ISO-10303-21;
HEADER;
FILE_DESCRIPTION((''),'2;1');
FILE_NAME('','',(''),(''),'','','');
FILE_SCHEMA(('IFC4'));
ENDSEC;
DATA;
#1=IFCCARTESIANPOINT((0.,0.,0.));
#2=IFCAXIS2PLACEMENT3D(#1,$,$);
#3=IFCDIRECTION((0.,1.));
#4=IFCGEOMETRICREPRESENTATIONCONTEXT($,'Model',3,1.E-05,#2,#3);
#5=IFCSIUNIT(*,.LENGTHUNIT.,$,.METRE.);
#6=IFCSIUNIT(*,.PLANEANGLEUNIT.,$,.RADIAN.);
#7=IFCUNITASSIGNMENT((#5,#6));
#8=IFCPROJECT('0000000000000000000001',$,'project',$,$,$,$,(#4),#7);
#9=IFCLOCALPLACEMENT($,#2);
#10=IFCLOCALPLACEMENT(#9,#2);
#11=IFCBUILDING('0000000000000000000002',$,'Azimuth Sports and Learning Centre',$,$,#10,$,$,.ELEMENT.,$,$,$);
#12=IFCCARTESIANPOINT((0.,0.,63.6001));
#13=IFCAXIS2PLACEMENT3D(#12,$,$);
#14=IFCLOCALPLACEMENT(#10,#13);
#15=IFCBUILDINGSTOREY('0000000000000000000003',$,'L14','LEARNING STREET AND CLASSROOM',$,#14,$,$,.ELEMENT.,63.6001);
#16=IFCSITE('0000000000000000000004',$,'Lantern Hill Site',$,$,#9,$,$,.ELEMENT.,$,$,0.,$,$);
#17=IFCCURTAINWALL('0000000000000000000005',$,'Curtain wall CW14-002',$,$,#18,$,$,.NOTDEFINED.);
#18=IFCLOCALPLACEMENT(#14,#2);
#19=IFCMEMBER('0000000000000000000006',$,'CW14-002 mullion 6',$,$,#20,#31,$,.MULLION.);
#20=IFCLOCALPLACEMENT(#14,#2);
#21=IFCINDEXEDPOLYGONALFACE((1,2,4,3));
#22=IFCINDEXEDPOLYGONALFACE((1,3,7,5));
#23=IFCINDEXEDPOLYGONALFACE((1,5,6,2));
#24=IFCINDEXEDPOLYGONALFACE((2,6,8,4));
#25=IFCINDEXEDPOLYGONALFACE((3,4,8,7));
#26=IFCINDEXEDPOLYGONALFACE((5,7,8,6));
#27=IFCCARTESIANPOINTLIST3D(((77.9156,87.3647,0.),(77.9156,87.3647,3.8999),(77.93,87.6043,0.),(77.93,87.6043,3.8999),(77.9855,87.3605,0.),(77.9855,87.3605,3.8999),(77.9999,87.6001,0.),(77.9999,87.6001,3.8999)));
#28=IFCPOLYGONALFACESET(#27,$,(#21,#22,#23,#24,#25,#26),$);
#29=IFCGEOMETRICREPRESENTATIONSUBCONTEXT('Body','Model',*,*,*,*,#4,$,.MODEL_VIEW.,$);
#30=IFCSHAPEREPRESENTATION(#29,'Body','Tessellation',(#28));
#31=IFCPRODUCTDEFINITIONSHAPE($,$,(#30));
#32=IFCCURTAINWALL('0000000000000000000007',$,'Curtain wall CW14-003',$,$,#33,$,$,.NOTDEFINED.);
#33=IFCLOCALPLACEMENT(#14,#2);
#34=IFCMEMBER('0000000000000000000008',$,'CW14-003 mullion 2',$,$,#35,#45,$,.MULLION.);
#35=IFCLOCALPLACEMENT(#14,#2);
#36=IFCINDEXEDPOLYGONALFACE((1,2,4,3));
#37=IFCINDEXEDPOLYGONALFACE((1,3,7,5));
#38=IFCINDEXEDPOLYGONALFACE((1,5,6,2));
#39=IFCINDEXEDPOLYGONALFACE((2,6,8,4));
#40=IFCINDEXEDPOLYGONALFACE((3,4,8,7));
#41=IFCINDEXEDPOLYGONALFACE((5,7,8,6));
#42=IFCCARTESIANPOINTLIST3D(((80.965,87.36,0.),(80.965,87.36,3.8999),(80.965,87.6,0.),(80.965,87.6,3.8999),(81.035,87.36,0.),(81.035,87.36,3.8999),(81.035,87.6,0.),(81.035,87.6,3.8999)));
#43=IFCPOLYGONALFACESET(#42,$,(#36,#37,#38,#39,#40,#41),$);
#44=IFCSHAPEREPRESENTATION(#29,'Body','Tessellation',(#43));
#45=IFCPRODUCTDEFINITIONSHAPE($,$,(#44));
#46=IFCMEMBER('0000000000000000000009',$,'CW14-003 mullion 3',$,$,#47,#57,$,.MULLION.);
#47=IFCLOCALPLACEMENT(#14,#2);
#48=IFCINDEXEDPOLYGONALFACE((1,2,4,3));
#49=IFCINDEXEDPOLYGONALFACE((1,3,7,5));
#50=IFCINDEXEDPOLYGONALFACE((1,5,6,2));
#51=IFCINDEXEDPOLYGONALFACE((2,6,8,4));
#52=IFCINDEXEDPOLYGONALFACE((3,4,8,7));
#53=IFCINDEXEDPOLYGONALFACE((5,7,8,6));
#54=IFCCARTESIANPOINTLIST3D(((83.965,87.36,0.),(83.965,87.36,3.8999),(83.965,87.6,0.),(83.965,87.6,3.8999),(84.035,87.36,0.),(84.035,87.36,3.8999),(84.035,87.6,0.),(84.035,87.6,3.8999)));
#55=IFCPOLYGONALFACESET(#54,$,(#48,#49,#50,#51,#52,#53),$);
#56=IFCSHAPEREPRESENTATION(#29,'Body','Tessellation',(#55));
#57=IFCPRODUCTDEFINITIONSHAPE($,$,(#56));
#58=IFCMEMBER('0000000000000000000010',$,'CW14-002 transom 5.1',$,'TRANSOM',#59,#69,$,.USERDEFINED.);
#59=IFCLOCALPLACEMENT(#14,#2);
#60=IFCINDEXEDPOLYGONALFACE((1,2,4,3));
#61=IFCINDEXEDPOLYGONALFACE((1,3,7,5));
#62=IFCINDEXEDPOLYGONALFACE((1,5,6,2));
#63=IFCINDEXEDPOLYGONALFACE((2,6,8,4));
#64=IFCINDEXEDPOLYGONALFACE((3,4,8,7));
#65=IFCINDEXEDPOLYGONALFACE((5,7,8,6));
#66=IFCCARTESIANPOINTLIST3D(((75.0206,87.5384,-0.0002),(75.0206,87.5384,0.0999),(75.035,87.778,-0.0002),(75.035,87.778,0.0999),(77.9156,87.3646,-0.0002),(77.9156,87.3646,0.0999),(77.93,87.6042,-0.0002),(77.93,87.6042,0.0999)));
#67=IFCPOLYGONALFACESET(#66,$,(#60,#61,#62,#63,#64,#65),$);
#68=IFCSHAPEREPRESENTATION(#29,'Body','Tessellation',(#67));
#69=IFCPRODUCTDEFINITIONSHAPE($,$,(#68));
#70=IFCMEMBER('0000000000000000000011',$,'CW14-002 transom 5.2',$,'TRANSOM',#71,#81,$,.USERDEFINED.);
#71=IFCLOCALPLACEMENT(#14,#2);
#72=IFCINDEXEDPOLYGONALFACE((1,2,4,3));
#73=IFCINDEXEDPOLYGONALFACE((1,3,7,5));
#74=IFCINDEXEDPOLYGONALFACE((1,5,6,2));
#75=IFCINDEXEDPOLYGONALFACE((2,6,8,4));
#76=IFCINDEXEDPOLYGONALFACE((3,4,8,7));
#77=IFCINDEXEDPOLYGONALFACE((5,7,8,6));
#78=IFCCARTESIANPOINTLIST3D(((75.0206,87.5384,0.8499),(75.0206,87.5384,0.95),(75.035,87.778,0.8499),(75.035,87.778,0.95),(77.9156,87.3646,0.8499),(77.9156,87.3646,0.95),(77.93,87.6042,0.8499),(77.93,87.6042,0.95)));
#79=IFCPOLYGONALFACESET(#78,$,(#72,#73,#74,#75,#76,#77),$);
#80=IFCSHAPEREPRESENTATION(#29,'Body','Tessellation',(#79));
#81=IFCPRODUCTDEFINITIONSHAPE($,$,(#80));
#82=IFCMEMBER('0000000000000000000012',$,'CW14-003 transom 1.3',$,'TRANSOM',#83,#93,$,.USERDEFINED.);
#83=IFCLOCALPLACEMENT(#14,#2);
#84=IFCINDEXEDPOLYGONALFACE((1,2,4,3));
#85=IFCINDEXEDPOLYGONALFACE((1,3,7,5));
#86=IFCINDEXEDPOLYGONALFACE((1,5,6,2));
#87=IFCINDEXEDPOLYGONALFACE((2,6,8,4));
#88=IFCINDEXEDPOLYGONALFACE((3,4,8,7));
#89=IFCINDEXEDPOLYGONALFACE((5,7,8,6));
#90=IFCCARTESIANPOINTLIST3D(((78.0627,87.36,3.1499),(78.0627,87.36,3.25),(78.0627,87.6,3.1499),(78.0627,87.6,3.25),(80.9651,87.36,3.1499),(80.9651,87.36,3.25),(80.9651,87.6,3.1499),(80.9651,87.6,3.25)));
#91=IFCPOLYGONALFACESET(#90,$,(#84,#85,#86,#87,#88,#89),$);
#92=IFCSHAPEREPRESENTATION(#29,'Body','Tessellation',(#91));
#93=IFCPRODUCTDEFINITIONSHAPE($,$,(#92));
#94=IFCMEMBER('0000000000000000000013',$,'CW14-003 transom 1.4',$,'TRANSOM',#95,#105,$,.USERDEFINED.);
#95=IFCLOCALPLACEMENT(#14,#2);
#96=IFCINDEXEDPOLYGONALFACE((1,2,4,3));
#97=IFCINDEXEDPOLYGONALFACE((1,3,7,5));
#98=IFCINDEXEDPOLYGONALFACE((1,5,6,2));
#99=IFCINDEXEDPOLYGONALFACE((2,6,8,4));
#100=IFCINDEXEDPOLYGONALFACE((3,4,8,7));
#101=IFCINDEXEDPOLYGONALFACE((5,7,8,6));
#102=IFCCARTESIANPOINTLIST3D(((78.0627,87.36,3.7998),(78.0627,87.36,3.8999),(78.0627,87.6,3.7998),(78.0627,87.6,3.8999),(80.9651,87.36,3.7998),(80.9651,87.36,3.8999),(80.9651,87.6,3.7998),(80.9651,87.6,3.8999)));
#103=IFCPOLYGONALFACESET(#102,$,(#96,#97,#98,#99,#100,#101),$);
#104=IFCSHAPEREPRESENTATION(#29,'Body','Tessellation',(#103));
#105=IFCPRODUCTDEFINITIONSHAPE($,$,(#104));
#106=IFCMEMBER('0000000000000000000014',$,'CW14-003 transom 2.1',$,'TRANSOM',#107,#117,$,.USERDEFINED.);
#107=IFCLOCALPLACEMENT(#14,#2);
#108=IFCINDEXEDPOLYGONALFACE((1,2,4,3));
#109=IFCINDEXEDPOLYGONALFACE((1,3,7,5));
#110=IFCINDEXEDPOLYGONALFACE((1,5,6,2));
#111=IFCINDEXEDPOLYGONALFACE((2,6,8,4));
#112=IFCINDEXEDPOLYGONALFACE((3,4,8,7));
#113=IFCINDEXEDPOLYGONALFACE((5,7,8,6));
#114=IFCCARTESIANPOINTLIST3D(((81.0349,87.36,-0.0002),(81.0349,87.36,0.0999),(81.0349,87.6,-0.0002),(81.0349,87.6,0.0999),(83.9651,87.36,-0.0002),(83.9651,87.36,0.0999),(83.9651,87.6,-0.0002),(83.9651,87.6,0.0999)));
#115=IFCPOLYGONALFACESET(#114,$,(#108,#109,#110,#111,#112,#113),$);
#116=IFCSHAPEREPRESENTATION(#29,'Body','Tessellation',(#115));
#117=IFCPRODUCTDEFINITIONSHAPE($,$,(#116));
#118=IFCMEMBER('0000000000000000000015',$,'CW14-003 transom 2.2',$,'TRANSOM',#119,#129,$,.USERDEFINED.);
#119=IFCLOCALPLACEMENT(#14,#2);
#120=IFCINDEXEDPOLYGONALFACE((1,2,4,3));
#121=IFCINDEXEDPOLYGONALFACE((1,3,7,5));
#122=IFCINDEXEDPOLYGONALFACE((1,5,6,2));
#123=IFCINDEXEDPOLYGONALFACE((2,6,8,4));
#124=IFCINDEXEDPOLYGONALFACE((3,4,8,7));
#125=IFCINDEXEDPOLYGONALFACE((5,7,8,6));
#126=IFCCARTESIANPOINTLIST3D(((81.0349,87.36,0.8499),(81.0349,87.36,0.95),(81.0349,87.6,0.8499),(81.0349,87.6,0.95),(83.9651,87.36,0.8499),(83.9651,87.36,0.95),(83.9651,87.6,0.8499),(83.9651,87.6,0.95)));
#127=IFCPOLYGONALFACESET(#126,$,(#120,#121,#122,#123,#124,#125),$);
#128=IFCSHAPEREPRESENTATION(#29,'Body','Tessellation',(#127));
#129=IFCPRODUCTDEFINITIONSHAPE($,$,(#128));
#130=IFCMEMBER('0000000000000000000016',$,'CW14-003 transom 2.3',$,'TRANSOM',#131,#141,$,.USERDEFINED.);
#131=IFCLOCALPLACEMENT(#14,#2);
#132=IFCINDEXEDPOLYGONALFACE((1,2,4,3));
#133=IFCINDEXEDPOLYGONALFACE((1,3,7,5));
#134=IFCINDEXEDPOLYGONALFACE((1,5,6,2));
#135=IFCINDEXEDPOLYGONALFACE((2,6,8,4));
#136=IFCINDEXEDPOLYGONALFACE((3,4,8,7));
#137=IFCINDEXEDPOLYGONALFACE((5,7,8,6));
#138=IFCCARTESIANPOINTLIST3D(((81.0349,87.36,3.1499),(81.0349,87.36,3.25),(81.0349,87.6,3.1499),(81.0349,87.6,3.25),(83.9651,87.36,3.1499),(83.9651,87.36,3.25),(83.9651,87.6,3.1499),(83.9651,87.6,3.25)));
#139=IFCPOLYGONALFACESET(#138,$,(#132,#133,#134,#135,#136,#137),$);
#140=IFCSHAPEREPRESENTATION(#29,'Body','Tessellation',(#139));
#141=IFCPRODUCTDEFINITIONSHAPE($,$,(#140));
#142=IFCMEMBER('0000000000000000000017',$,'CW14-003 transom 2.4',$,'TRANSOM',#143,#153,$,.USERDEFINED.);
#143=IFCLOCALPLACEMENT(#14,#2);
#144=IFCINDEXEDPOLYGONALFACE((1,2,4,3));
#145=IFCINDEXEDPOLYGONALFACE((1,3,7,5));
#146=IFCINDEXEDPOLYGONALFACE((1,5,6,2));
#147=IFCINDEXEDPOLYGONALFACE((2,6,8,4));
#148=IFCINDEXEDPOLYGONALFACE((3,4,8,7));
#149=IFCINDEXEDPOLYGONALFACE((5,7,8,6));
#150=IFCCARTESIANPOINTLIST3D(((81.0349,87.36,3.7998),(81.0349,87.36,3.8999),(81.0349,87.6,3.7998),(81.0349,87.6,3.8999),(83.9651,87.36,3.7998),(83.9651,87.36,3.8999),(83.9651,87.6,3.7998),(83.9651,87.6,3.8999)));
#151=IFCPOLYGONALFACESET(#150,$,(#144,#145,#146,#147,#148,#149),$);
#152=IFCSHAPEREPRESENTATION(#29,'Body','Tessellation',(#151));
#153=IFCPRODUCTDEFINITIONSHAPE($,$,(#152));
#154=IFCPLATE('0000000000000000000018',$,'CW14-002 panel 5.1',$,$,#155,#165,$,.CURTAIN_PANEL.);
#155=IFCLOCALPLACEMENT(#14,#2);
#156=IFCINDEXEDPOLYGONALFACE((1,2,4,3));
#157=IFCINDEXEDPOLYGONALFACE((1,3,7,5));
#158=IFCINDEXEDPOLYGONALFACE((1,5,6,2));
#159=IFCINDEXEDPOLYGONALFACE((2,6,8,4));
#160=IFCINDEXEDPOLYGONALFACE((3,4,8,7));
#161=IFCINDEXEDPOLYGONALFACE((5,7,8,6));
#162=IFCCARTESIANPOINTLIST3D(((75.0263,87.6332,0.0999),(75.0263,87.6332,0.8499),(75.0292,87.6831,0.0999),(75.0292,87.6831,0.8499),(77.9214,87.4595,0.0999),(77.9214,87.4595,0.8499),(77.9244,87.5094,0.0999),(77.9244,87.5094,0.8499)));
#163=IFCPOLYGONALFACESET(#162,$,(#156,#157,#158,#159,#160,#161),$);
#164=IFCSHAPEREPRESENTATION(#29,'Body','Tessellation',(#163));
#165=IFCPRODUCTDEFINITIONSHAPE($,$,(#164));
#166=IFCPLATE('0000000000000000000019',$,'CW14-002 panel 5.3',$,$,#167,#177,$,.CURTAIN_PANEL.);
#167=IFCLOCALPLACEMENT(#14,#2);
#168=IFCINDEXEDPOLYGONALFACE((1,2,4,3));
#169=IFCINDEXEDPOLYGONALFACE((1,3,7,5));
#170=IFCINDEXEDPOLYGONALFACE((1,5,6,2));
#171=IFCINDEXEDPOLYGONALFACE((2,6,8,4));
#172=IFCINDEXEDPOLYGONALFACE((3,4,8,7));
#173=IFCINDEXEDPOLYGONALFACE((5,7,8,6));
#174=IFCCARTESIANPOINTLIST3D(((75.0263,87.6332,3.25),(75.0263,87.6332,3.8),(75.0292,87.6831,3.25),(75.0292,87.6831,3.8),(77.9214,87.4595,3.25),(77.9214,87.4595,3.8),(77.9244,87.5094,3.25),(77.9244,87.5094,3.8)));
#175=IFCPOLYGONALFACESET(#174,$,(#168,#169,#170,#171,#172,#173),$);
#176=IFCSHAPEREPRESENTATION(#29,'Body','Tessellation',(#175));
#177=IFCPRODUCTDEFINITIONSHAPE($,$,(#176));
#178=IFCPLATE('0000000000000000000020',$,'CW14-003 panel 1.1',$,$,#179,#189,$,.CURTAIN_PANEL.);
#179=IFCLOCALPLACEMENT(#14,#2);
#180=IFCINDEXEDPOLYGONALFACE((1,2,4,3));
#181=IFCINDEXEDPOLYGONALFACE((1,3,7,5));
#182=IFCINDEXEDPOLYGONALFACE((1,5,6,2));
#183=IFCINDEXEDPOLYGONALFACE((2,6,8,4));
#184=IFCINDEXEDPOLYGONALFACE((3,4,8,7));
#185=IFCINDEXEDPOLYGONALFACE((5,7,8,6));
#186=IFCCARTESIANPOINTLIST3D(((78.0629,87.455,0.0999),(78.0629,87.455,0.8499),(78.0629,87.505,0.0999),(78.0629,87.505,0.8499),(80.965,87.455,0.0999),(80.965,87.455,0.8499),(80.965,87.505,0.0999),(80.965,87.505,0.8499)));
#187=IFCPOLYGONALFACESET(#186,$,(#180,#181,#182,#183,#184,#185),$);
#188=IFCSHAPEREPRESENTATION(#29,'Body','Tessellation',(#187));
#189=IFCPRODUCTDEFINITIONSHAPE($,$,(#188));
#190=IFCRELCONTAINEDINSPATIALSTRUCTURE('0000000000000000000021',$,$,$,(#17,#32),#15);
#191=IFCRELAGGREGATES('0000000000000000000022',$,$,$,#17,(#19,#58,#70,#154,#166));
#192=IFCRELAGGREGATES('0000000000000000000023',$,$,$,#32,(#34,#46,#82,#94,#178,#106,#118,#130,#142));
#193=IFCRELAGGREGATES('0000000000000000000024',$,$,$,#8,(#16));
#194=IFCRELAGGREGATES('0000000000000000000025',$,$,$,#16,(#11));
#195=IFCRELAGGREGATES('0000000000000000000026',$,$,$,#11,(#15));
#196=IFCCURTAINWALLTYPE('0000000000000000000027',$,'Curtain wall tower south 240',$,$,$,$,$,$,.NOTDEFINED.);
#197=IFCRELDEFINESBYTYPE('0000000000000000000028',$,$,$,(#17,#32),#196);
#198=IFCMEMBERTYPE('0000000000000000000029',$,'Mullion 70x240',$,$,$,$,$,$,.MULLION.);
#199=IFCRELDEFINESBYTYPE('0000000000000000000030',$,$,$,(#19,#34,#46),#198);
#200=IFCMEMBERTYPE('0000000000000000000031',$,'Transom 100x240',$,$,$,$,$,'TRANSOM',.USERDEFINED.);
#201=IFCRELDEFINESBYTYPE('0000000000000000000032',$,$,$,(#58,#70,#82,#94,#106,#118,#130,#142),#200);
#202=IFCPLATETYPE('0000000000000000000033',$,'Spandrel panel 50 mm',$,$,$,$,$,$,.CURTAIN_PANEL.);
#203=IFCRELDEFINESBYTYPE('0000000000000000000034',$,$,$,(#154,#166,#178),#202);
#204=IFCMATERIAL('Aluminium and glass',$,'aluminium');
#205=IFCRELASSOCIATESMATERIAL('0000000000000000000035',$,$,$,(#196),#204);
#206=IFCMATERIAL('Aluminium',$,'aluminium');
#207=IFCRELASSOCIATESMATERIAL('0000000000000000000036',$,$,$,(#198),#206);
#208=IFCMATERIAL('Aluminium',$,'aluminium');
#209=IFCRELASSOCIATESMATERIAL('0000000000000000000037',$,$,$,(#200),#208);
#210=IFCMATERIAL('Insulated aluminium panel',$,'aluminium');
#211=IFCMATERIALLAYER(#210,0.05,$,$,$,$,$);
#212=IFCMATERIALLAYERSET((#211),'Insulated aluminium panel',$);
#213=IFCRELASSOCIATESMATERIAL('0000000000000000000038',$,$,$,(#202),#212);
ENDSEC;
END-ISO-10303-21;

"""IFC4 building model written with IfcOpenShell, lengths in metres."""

from ifc_helpers import new_model, si_unit, direction, frame, origin, origin_2d, place, context, subcontext, project, spatial, rectangle, extrude, material, layer, layer_set, material_profile, profile_set, type_object, element, aggregate, save


model = new_model("IFC4")

# Units and contexts
model_context = context("Model", 3, precision=1e-05, world=origin(), true_north=direction((0.0, 1.0)))
body_context = subcontext(model_context, "Body", "Model", "MODEL_VIEW")
ifc_project = project(units=[si_unit("LENGTHUNIT", "METRE"), si_unit("PLANEANGLEUNIT", "RADIAN")], contexts=[model_context])

# Site, building, storey
site_placement = place(None, origin())
site = spatial("IfcSite", under=ifc_project, at=site_placement, Name="Lantern Hill Site", CompositionType="ELEMENT", RefElevation=0.0)
building_placement = place(site_placement, origin())
building = spatial("IfcBuilding", under=site, at=building_placement, Name="Azimuth Sports and Learning Centre", CompositionType="ELEMENT")
storey_placement = place(building_placement, frame((0.0, 0.0, 63.6001)))
storey = spatial("IfcBuildingStorey", under=building, at=storey_placement, Name="L14", Description="LEARNING STREET AND CLASSROOM", CompositionType="ELEMENT", Elevation=63.6001)

# Curtain wall, member
ifc_material_1 = material(Name="Aluminium and glass", Category="aluminium")
curtain_wall_type = type_object("IfcCurtainWallType", Name="Curtain wall tower south 240", PredefinedType="NOTDEFINED", material=ifc_material_1)
curtain_wall_1_placement = place(storey_placement, origin())
curtain_wall_1 = element("IfcCurtainWall", 1, at=curtain_wall_1_placement, inside=storey, type_object=curtain_wall_type, Name="Curtain wall CW14-002", PredefinedType="NOTDEFINED")
ifc_material_2 = material(Name="Aluminium", Category="aluminium")
ifc_material_profile_1 = material_profile(ifc_material_2, rectangle(XDim=0.24, YDim=0.0701, at=origin_2d()), Name="Mullion 70x240")
ifc_profile_set_1 = profile_set([ifc_material_profile_1], Name="Aluminium")
member_type_1 = type_object("IfcMemberType", Name="Mullion 70x240", PredefinedType="MULLION", material=ifc_profile_set_1)
member_1_placement = place(storey_placement, frame((77.9578, 87.4824, 0.0), z_axis=(0.0, 0.0, 1.0), x_axis=(0.059892, 0.998205, 0.0)))
member_1 = element("IfcMember", 2, at=member_1_placement, type_object=member_type_1, Name="CW14-002 mullion 6", PredefinedType="MULLION", context=body_context, shape_type="SweptSolid", body=[
    extrude(rectangle(XDim=0.24, YDim=0.0701, at=origin_2d()), origin(), (0.0, 0.0, 1.0), 3.8999),
])

# Curtain wall, members
curtain_wall_2_placement = place(storey_placement, origin())
curtain_wall_2 = element("IfcCurtainWall", 3, at=curtain_wall_2_placement, inside=storey, type_object=curtain_wall_type, Name="Curtain wall CW14-003", PredefinedType="NOTDEFINED")
member_2_placement = place(storey_placement, frame((81.0, 87.48, 0.0), z_axis=(0.0, 0.0, 1.0), x_axis=(0.0, 1.0, 0.0)))
member_2 = element("IfcMember", 4, at=member_2_placement, type_object=member_type_1, Name="CW14-003 mullion 2", PredefinedType="MULLION", context=body_context, shape_type="SweptSolid", body=[
    extrude(rectangle(XDim=0.24, YDim=0.0701, at=origin_2d()), origin(), (0.0, 0.0, 1.0), 3.8999),
])
member_3_placement = place(storey_placement, frame((84.0, 87.48, 0.0), z_axis=(0.0, 0.0, 1.0), x_axis=(0.0, 1.0, 0.0)))
member_3 = element("IfcMember", 5, at=member_3_placement, type_object=member_type_1, Name="CW14-003 mullion 3", PredefinedType="MULLION", context=body_context, shape_type="SweptSolid", body=[
    extrude(rectangle(XDim=0.24, YDim=0.0701, at=origin_2d()), origin(), (0.0, 0.0, 1.0), 3.8999),
])

# Members
ifc_material_3 = material(Name="Aluminium", Category="aluminium")
ifc_material_profile_2 = material_profile(ifc_material_3, rectangle(XDim=0.24, YDim=0.1001, at=origin_2d()), Name="Transom 100x240")
ifc_profile_set_2 = profile_set([ifc_material_profile_2], Name="Aluminium")
member_type_2 = type_object("IfcMemberType", Name="Transom 100x240", ElementType="TRANSOM", PredefinedType="USERDEFINED", material=ifc_profile_set_2)
member_4_placement = place(storey_placement, frame((75.0278, 87.6582, 0.0498), z_axis=(0.998202, -0.059936, 0.0), x_axis=(0.059936, 0.998202, 0.0)))
member_4 = element("IfcMember", 6, at=member_4_placement, type_object=member_type_2, Name="CW14-002 transom 5.1", ObjectType="TRANSOM", PredefinedType="USERDEFINED", context=body_context, shape_type="SweptSolid", body=[
    extrude(rectangle(XDim=0.24, YDim=0.1001, at=origin_2d()), origin(), (0.0, 0.0, 1.0), 2.9001),
])
member_5_placement = place(storey_placement, frame((75.0278, 87.6582, 0.8999), z_axis=(0.998202, -0.059936, 0.0), x_axis=(0.059936, 0.998202, 0.0)))
member_5 = element("IfcMember", 7, at=member_5_placement, type_object=member_type_2, Name="CW14-002 transom 5.2", ObjectType="TRANSOM", PredefinedType="USERDEFINED", context=body_context, shape_type="SweptSolid", body=[
    extrude(rectangle(XDim=0.24, YDim=0.1001, at=origin_2d()), origin(), (0.0, 0.0, 1.0), 2.9001),
])
member_6_placement = place(storey_placement, frame((78.0627, 87.48, 3.2), z_axis=(1.0, 0.0, 0.0), x_axis=(0.0, 1.0, 0.0)))
member_6 = element("IfcMember", 8, at=member_6_placement, type_object=member_type_2, Name="CW14-003 transom 1.3", ObjectType="TRANSOM", PredefinedType="USERDEFINED", context=body_context, shape_type="SweptSolid", body=[
    extrude(rectangle(XDim=0.24, YDim=0.1001, at=origin_2d()), origin(), (0.0, 0.0, 1.0), 2.9023),
])
member_7_placement = place(storey_placement, frame((78.0627, 87.48, 3.8499), z_axis=(1.0, 0.0, 0.0), x_axis=(0.0, 1.0, 0.0)))
member_7 = element("IfcMember", 9, at=member_7_placement, type_object=member_type_2, Name="CW14-003 transom 1.4", ObjectType="TRANSOM", PredefinedType="USERDEFINED", context=body_context, shape_type="SweptSolid", body=[
    extrude(rectangle(XDim=0.24, YDim=0.1001, at=origin_2d()), origin(), (0.0, 0.0, 1.0), 2.9023),
])
member_8_placement = place(storey_placement, frame((81.0349, 87.48, 0.0498), z_axis=(1.0, 0.0, 0.0), x_axis=(0.0, 1.0, 0.0)))
member_8 = element("IfcMember", 10, at=member_8_placement, type_object=member_type_2, Name="CW14-003 transom 2.1", ObjectType="TRANSOM", PredefinedType="USERDEFINED", context=body_context, shape_type="SweptSolid", body=[
    extrude(rectangle(XDim=0.24, YDim=0.1001, at=origin_2d()), origin(), (0.0, 0.0, 1.0), 2.9302),
])
member_9_placement = place(storey_placement, frame((81.0349, 87.48, 0.8999), z_axis=(1.0, 0.0, 0.0), x_axis=(0.0, 1.0, 0.0)))
member_9 = element("IfcMember", 11, at=member_9_placement, type_object=member_type_2, Name="CW14-003 transom 2.2", ObjectType="TRANSOM", PredefinedType="USERDEFINED", context=body_context, shape_type="SweptSolid", body=[
    extrude(rectangle(XDim=0.24, YDim=0.1001, at=origin_2d()), origin(), (0.0, 0.0, 1.0), 2.9302),
])
member_10_placement = place(storey_placement, frame((81.0349, 87.48, 3.2), z_axis=(1.0, 0.0, 0.0), x_axis=(0.0, 1.0, 0.0)))
member_10 = element("IfcMember", 12, at=member_10_placement, type_object=member_type_2, Name="CW14-003 transom 2.3", ObjectType="TRANSOM", PredefinedType="USERDEFINED", context=body_context, shape_type="SweptSolid", body=[
    extrude(rectangle(XDim=0.24, YDim=0.1001, at=origin_2d()), origin(), (0.0, 0.0, 1.0), 2.9302),
])
member_11_placement = place(storey_placement, frame((81.0349, 87.48, 3.8499), z_axis=(1.0, 0.0, 0.0), x_axis=(0.0, 1.0, 0.0)))
member_11 = element("IfcMember", 13, at=member_11_placement, type_object=member_type_2, Name="CW14-003 transom 2.4", ObjectType="TRANSOM", PredefinedType="USERDEFINED", context=body_context, shape_type="SweptSolid", body=[
    extrude(rectangle(XDim=0.24, YDim=0.1001, at=origin_2d()), origin(), (0.0, 0.0, 1.0), 2.9302),
])

# Plates
ifc_material_4 = material(Name="Insulated aluminium panel", Category="aluminium")
ifc_layer_1 = layer(ifc_material_4, 0.05)
ifc_layer_set_1 = layer_set([ifc_layer_1], Name="Insulated aluminium panel")
plate_type_1 = type_object("IfcPlateType", Name="Spandrel panel 50 mm", PredefinedType="CURTAIN_PANEL", material=ifc_layer_set_1)
plate_1_placement = place(storey_placement, frame((76.4753, 87.5713, 0.0999), z_axis=(0.0, 0.0, 1.0), x_axis=(0.998205, -0.059892, 0.0)))
plate_1 = element("IfcPlate", 14, at=plate_1_placement, type_object=plate_type_1, Name="CW14-002 panel 5.1", PredefinedType="CURTAIN_PANEL", context=body_context, shape_type="SweptSolid", body=[
    extrude(rectangle(XDim=2.9004, YDim=0.05, at=origin_2d()), origin(), (0.0, 0.0, 1.0), 0.75),
])
plate_2_placement = place(storey_placement, frame((76.4753, 87.5713, 3.25), z_axis=(0.0, 0.0, 1.0), x_axis=(0.998205, -0.059892, 0.0)))
plate_2 = element("IfcPlate", 15, at=plate_2_placement, type_object=plate_type_1, Name="CW14-002 panel 5.3", PredefinedType="CURTAIN_PANEL", context=body_context, shape_type="SweptSolid", body=[
    extrude(rectangle(XDim=2.9004, YDim=0.05, at=origin_2d()), origin(), (0.0, 0.0, 1.0), 0.55),
])
plate_3_placement = place(storey_placement, frame((79.5139, 87.48, 0.0999), z_axis=(0.0, 0.0, 1.0), x_axis=(1.0, 0.0, 0.0)))
plate_3 = element("IfcPlate", 16, at=plate_3_placement, type_object=plate_type_1, Name="CW14-003 panel 1.1", PredefinedType="CURTAIN_PANEL", context=body_context, shape_type="SweptSolid", body=[
    extrude(rectangle(XDim=2.9021, YDim=0.05, at=origin_2d()), origin(), (0.0, 0.0, 1.0), 0.75),
])
aggregate(curtain_wall_1, [member_1, member_4, member_5, plate_1, plate_2])
aggregate(curtain_wall_2, [member_2, member_3, member_6, member_7, plate_3, member_8, member_9, member_10, member_11])

save(model, "model.ifc")
